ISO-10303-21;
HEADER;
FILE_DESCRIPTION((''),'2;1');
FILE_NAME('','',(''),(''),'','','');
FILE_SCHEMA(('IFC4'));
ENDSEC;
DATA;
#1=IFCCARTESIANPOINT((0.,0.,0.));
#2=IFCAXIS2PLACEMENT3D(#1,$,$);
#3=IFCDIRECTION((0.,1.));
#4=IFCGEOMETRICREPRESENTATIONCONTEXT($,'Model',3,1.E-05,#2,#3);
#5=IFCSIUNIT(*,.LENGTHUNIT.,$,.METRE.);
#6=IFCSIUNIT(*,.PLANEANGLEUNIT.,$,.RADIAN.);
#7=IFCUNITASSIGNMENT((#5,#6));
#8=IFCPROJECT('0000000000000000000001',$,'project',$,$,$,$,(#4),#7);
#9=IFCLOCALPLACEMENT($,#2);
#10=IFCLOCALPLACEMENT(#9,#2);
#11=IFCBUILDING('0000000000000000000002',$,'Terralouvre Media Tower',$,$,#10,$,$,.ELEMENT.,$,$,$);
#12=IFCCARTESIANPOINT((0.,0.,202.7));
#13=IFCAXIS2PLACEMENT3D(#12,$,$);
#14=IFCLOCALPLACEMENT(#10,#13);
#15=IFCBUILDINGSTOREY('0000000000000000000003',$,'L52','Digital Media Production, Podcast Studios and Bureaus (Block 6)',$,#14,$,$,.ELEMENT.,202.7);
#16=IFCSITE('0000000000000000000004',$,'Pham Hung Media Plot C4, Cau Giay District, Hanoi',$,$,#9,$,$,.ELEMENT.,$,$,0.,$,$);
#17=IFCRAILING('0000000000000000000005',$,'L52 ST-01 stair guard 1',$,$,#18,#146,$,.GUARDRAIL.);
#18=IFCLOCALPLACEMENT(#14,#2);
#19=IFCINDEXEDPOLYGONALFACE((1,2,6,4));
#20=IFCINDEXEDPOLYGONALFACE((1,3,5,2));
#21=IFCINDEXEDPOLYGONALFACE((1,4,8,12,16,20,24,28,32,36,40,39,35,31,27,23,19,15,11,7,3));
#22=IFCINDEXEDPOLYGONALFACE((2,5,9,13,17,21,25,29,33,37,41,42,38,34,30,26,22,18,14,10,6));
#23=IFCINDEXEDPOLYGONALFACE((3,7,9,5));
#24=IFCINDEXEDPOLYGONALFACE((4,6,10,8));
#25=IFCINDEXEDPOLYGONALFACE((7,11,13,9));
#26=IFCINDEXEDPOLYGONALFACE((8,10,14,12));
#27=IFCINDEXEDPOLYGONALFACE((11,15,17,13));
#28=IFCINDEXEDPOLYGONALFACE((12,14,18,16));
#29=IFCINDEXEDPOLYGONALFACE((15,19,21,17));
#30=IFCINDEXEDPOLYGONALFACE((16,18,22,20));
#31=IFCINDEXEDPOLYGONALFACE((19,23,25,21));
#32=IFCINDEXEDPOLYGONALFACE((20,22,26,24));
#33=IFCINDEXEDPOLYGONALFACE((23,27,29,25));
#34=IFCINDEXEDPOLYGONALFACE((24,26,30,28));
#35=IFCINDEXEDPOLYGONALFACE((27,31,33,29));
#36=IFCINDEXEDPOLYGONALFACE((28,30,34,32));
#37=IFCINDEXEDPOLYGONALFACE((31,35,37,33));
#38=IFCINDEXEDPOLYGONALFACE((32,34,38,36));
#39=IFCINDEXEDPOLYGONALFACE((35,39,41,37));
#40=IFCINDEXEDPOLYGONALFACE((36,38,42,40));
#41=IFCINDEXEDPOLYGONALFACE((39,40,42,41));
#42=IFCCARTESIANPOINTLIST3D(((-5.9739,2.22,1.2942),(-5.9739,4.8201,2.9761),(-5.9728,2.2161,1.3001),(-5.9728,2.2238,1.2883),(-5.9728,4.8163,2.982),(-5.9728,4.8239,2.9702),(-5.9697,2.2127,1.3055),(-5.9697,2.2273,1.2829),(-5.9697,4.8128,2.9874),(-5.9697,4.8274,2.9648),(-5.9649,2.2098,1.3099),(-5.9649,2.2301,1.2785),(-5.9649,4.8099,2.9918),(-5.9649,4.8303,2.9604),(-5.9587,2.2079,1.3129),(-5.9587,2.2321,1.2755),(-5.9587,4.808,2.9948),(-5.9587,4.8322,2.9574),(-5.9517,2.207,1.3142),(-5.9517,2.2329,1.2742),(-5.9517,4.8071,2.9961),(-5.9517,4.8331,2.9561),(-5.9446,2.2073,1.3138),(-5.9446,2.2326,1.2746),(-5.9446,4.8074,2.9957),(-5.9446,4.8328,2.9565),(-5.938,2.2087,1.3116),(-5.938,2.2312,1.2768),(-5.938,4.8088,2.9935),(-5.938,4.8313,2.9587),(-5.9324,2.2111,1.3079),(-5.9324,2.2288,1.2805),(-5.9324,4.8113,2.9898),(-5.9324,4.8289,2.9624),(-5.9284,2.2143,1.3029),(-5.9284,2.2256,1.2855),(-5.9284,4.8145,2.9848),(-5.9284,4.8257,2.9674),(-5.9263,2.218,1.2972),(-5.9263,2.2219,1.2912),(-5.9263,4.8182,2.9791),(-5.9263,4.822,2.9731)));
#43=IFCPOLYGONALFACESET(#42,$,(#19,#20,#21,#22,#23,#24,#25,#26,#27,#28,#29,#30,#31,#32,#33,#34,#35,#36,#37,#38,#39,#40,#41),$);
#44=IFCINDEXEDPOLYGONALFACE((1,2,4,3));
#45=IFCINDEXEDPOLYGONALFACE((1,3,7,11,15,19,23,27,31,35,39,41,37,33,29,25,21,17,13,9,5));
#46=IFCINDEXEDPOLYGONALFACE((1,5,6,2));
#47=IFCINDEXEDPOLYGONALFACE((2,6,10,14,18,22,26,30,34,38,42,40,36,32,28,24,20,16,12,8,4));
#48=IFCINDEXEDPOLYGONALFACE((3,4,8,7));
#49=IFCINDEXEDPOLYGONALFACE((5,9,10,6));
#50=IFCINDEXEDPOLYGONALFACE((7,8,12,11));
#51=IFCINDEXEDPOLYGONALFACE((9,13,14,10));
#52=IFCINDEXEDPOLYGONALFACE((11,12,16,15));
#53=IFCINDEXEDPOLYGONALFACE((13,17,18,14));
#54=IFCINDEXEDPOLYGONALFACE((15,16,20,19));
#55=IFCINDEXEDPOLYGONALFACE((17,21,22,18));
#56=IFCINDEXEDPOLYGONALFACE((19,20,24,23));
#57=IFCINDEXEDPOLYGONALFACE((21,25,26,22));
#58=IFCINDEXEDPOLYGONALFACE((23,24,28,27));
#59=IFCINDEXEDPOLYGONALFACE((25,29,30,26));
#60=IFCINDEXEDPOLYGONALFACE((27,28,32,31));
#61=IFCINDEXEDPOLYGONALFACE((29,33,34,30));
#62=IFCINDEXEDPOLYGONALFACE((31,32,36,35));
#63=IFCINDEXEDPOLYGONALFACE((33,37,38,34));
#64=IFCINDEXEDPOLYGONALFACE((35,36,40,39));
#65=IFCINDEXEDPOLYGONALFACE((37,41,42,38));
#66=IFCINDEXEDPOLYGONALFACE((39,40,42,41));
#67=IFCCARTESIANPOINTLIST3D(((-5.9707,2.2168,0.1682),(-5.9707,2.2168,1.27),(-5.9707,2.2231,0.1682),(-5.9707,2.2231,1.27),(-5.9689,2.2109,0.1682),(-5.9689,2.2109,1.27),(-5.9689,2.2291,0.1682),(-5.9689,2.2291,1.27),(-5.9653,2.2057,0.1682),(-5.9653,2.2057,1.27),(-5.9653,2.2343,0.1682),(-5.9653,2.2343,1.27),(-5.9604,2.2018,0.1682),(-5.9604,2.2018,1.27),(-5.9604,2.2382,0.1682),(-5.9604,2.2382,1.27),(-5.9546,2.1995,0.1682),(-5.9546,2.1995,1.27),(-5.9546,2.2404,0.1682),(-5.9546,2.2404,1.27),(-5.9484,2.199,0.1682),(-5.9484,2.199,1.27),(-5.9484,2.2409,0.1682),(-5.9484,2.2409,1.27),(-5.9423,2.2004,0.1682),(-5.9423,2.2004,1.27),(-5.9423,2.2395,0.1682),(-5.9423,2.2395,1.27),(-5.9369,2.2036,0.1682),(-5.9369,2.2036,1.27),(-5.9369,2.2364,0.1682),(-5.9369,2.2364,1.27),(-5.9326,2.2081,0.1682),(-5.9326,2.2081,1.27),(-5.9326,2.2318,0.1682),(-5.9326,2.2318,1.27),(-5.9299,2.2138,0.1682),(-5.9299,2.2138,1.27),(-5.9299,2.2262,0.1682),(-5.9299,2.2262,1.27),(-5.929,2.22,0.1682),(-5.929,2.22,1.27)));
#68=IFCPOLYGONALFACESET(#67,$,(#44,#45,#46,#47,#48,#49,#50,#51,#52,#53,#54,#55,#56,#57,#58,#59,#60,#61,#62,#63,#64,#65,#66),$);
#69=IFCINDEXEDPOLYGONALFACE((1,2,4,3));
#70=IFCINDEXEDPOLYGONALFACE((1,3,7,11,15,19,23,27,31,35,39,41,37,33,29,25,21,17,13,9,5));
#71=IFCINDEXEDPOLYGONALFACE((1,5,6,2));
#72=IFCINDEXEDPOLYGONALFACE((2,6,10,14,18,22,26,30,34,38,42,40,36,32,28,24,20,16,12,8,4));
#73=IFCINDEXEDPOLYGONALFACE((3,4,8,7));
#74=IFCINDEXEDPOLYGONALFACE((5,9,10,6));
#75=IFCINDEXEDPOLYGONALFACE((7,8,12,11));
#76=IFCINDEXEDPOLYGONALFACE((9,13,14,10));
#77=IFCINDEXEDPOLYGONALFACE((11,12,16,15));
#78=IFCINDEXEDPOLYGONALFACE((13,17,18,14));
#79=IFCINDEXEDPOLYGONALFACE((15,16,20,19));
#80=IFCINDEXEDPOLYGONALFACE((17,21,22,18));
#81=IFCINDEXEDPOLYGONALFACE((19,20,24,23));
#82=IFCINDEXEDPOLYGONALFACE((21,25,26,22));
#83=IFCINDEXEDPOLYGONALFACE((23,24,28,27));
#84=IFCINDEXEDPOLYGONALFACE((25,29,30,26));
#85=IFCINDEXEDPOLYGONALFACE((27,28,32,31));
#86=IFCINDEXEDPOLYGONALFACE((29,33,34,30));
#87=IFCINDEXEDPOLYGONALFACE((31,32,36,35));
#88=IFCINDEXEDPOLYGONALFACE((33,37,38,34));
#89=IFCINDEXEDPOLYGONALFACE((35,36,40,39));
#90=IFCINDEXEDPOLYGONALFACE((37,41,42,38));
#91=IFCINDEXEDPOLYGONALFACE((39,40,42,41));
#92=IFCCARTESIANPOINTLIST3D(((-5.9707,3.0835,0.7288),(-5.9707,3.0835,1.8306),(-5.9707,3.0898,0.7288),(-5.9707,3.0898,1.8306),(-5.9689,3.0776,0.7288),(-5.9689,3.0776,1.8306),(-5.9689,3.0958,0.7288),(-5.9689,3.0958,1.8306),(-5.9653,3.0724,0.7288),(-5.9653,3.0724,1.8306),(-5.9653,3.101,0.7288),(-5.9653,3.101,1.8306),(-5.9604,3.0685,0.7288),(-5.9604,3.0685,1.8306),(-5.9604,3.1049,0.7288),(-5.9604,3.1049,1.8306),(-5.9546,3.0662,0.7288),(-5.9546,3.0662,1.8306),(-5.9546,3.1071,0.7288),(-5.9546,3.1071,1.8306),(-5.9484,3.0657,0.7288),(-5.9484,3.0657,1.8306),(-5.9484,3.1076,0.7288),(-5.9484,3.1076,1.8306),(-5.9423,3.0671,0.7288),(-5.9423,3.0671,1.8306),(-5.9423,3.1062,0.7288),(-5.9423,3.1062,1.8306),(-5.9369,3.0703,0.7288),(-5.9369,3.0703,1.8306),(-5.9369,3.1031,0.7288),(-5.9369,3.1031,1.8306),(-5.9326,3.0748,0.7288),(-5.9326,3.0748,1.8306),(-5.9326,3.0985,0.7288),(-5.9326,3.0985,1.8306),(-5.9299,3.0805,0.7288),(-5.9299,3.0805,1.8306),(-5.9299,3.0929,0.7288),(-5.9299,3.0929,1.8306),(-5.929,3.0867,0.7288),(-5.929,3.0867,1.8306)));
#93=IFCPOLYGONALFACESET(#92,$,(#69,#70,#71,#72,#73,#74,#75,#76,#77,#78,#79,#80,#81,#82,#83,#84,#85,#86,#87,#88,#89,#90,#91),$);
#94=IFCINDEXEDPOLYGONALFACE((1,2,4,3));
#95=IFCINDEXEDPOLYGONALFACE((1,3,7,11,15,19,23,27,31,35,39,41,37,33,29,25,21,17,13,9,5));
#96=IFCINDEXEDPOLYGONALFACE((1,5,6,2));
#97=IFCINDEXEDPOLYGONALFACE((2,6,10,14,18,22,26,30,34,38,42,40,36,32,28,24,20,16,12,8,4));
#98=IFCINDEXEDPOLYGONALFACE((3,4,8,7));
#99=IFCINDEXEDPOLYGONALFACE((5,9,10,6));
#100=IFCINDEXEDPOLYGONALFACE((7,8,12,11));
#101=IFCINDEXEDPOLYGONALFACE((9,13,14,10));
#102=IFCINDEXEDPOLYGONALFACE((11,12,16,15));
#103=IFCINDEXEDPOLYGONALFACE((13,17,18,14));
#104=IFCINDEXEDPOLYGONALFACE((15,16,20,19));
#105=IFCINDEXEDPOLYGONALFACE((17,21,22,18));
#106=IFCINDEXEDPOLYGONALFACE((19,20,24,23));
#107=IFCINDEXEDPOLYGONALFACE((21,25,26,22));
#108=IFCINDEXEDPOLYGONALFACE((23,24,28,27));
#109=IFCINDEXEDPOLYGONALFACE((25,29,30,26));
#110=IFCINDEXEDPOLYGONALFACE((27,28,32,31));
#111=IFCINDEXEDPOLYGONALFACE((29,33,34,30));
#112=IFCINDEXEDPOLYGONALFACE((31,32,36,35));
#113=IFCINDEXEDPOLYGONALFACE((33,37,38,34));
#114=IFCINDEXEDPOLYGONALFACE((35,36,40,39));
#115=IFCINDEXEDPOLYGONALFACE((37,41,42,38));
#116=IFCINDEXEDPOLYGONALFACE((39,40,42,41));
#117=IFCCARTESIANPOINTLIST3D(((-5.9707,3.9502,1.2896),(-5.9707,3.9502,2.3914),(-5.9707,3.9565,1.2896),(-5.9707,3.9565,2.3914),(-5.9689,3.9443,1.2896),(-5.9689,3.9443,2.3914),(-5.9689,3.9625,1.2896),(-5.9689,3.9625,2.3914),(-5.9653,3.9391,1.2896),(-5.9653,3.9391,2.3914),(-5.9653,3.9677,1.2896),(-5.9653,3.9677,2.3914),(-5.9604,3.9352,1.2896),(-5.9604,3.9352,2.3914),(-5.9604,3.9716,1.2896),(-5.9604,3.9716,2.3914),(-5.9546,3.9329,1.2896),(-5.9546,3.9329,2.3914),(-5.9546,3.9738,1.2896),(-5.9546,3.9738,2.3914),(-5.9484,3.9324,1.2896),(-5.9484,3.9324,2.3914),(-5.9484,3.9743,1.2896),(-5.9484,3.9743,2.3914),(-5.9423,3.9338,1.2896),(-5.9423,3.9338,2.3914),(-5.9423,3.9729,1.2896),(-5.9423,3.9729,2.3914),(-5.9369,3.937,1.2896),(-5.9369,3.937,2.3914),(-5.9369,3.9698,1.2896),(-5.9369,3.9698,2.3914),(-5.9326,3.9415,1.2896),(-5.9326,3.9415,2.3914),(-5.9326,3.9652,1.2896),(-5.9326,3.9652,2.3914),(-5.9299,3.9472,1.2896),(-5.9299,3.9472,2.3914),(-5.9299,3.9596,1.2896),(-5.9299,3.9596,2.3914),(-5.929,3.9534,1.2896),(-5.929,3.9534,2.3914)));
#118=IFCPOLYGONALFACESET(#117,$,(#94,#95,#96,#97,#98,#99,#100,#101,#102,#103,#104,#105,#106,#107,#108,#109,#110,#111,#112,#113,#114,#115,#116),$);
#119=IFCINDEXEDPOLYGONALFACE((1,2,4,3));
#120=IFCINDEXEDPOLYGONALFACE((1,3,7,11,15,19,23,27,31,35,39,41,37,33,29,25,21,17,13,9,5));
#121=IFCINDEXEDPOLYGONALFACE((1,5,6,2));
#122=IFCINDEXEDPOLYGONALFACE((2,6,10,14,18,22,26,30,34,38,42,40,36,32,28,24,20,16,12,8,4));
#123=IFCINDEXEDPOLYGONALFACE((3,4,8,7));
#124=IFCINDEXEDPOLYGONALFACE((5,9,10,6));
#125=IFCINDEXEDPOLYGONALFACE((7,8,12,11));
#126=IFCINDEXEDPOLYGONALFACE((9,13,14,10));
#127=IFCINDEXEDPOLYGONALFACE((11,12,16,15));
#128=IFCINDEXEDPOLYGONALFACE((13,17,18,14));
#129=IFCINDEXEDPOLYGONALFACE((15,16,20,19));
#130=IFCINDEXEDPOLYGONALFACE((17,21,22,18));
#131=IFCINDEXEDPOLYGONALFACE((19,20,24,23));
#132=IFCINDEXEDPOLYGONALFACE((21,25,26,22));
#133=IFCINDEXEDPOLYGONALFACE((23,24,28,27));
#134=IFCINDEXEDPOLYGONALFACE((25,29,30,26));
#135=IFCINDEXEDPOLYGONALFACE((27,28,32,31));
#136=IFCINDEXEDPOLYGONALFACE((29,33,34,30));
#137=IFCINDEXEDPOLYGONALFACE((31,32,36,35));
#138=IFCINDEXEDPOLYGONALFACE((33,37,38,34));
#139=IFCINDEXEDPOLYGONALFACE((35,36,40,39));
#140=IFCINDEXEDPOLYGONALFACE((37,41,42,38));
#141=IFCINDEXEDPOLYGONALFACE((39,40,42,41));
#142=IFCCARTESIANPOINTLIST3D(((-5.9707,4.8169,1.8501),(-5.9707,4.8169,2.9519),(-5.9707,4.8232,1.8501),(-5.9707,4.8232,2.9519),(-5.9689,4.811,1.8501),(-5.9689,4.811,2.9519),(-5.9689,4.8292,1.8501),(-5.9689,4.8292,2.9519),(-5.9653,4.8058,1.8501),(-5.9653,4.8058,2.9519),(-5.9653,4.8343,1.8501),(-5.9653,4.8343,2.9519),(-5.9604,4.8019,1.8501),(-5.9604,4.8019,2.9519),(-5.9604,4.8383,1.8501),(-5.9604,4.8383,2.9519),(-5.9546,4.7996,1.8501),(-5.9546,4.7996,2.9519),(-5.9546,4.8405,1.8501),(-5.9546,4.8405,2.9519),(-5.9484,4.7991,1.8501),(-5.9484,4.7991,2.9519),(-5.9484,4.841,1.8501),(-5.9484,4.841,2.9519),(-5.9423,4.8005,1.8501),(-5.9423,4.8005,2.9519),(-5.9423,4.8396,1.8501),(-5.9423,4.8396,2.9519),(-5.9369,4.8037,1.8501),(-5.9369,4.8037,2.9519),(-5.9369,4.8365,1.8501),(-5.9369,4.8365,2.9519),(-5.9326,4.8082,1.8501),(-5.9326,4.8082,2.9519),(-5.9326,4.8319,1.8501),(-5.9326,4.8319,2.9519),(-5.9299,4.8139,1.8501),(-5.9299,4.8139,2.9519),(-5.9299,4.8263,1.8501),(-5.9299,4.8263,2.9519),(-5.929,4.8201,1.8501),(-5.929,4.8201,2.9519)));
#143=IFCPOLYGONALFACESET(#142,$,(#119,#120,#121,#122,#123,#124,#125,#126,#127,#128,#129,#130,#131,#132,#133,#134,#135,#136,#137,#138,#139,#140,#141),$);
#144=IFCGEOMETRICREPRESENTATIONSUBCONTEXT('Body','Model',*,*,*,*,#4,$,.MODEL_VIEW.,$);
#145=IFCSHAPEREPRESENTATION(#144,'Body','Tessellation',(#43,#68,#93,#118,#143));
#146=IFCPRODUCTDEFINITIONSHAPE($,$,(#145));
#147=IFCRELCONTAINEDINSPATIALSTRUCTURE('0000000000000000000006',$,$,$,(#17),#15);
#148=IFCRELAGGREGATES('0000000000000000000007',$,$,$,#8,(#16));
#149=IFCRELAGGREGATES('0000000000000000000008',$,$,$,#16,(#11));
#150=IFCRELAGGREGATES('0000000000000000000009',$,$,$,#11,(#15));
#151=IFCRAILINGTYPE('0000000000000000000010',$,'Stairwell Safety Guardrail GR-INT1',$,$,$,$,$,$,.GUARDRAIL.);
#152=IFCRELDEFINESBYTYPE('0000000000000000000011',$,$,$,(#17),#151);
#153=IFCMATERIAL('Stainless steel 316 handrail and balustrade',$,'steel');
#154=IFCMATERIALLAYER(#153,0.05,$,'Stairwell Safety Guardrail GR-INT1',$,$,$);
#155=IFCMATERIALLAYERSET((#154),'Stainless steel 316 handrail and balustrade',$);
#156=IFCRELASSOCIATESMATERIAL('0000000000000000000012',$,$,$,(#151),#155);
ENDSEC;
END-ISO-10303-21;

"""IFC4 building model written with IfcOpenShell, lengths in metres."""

from ifc_helpers import new_model, si_unit, direction, frame, origin, origin_2d, place, context, subcontext, project, spatial, circle, extrude, material, layer, layer_set, type_object, element, save


model = new_model("IFC4")

# Units and contexts
model_context = context("Model", 3, precision=1e-05, world=origin(), true_north=direction((0.0, 1.0)))
body_context = subcontext(model_context, "Body", "Model", "MODEL_VIEW")
ifc_project = project(units=[si_unit("LENGTHUNIT", "METRE"), si_unit("PLANEANGLEUNIT", "RADIAN")], contexts=[model_context])

# Site, building, storey
site_placement = place(None, origin())
site = spatial("IfcSite", under=ifc_project, at=site_placement, Name="Pham Hung Media Plot C4, Cau Giay District, Hanoi", CompositionType="ELEMENT", RefElevation=0.0)
building_placement = place(site_placement, origin())
building = spatial("IfcBuilding", under=site, at=building_placement, Name="Terralouvre Media Tower", CompositionType="ELEMENT")
storey_placement = place(building_placement, frame((0.0, 0.0, 202.7)))
storey = spatial("IfcBuildingStorey", under=building, at=storey_placement, Name="L52", Description="Digital Media Production, Podcast Studios and Bureaus (Block 6)", CompositionType="ELEMENT", Elevation=202.7)

# Railing
ifc_material_1 = material(Name="Stainless steel 316 handrail and balustrade", Category="steel")
ifc_layer_1 = layer(ifc_material_1, 0.05, Name="Stairwell Safety Guardrail GR-INT1")
ifc_layer_set_1 = layer_set([ifc_layer_1], Name="Stainless steel 316 handrail and balustrade")
railing_type_1 = type_object("IfcRailingType", Name="Stairwell Safety Guardrail GR-INT1", PredefinedType="GUARDRAIL", material=ifc_layer_set_1)
railing_1_placement = place(storey_placement, frame((-5.95, 2.22, 0.1682)))
element("IfcRailing", 1, at=railing_1_placement, inside=storey, type_object=railing_type_1, Name="L52 ST-01 stair guard 1", PredefinedType="GUARDRAIL", context=body_context, shape_type="SweptSolid", body=[
    extrude(circle(Radius=0.0239, at=origin_2d()), frame((0.0, 0.0, 1.126), z_axis=(0.0, 0.839648, 0.54313), x_axis=(-1.0, 0.0, 0.0)), (0.0, 0.0, 1.0), 3.0967),
    extrude(circle(Radius=0.021, at=origin_2d()), origin(), (0.0, 0.0, 1.0), 1.1018),
    extrude(circle(Radius=0.021, at=origin_2d()), frame((0.0, 0.8667, 0.5605)), (0.0, 0.0, 1.0), 1.1018),
    extrude(circle(Radius=0.021, at=origin_2d()), frame((0.0, 1.7334, 1.1213)), (0.0, 0.0, 1.0), 1.1018),
    extrude(circle(Radius=0.021, at=origin_2d()), frame((0.0, 2.6001, 1.6819)), (0.0, 0.0, 1.0), 1.1018),
])

save(model, "model.ifc")
